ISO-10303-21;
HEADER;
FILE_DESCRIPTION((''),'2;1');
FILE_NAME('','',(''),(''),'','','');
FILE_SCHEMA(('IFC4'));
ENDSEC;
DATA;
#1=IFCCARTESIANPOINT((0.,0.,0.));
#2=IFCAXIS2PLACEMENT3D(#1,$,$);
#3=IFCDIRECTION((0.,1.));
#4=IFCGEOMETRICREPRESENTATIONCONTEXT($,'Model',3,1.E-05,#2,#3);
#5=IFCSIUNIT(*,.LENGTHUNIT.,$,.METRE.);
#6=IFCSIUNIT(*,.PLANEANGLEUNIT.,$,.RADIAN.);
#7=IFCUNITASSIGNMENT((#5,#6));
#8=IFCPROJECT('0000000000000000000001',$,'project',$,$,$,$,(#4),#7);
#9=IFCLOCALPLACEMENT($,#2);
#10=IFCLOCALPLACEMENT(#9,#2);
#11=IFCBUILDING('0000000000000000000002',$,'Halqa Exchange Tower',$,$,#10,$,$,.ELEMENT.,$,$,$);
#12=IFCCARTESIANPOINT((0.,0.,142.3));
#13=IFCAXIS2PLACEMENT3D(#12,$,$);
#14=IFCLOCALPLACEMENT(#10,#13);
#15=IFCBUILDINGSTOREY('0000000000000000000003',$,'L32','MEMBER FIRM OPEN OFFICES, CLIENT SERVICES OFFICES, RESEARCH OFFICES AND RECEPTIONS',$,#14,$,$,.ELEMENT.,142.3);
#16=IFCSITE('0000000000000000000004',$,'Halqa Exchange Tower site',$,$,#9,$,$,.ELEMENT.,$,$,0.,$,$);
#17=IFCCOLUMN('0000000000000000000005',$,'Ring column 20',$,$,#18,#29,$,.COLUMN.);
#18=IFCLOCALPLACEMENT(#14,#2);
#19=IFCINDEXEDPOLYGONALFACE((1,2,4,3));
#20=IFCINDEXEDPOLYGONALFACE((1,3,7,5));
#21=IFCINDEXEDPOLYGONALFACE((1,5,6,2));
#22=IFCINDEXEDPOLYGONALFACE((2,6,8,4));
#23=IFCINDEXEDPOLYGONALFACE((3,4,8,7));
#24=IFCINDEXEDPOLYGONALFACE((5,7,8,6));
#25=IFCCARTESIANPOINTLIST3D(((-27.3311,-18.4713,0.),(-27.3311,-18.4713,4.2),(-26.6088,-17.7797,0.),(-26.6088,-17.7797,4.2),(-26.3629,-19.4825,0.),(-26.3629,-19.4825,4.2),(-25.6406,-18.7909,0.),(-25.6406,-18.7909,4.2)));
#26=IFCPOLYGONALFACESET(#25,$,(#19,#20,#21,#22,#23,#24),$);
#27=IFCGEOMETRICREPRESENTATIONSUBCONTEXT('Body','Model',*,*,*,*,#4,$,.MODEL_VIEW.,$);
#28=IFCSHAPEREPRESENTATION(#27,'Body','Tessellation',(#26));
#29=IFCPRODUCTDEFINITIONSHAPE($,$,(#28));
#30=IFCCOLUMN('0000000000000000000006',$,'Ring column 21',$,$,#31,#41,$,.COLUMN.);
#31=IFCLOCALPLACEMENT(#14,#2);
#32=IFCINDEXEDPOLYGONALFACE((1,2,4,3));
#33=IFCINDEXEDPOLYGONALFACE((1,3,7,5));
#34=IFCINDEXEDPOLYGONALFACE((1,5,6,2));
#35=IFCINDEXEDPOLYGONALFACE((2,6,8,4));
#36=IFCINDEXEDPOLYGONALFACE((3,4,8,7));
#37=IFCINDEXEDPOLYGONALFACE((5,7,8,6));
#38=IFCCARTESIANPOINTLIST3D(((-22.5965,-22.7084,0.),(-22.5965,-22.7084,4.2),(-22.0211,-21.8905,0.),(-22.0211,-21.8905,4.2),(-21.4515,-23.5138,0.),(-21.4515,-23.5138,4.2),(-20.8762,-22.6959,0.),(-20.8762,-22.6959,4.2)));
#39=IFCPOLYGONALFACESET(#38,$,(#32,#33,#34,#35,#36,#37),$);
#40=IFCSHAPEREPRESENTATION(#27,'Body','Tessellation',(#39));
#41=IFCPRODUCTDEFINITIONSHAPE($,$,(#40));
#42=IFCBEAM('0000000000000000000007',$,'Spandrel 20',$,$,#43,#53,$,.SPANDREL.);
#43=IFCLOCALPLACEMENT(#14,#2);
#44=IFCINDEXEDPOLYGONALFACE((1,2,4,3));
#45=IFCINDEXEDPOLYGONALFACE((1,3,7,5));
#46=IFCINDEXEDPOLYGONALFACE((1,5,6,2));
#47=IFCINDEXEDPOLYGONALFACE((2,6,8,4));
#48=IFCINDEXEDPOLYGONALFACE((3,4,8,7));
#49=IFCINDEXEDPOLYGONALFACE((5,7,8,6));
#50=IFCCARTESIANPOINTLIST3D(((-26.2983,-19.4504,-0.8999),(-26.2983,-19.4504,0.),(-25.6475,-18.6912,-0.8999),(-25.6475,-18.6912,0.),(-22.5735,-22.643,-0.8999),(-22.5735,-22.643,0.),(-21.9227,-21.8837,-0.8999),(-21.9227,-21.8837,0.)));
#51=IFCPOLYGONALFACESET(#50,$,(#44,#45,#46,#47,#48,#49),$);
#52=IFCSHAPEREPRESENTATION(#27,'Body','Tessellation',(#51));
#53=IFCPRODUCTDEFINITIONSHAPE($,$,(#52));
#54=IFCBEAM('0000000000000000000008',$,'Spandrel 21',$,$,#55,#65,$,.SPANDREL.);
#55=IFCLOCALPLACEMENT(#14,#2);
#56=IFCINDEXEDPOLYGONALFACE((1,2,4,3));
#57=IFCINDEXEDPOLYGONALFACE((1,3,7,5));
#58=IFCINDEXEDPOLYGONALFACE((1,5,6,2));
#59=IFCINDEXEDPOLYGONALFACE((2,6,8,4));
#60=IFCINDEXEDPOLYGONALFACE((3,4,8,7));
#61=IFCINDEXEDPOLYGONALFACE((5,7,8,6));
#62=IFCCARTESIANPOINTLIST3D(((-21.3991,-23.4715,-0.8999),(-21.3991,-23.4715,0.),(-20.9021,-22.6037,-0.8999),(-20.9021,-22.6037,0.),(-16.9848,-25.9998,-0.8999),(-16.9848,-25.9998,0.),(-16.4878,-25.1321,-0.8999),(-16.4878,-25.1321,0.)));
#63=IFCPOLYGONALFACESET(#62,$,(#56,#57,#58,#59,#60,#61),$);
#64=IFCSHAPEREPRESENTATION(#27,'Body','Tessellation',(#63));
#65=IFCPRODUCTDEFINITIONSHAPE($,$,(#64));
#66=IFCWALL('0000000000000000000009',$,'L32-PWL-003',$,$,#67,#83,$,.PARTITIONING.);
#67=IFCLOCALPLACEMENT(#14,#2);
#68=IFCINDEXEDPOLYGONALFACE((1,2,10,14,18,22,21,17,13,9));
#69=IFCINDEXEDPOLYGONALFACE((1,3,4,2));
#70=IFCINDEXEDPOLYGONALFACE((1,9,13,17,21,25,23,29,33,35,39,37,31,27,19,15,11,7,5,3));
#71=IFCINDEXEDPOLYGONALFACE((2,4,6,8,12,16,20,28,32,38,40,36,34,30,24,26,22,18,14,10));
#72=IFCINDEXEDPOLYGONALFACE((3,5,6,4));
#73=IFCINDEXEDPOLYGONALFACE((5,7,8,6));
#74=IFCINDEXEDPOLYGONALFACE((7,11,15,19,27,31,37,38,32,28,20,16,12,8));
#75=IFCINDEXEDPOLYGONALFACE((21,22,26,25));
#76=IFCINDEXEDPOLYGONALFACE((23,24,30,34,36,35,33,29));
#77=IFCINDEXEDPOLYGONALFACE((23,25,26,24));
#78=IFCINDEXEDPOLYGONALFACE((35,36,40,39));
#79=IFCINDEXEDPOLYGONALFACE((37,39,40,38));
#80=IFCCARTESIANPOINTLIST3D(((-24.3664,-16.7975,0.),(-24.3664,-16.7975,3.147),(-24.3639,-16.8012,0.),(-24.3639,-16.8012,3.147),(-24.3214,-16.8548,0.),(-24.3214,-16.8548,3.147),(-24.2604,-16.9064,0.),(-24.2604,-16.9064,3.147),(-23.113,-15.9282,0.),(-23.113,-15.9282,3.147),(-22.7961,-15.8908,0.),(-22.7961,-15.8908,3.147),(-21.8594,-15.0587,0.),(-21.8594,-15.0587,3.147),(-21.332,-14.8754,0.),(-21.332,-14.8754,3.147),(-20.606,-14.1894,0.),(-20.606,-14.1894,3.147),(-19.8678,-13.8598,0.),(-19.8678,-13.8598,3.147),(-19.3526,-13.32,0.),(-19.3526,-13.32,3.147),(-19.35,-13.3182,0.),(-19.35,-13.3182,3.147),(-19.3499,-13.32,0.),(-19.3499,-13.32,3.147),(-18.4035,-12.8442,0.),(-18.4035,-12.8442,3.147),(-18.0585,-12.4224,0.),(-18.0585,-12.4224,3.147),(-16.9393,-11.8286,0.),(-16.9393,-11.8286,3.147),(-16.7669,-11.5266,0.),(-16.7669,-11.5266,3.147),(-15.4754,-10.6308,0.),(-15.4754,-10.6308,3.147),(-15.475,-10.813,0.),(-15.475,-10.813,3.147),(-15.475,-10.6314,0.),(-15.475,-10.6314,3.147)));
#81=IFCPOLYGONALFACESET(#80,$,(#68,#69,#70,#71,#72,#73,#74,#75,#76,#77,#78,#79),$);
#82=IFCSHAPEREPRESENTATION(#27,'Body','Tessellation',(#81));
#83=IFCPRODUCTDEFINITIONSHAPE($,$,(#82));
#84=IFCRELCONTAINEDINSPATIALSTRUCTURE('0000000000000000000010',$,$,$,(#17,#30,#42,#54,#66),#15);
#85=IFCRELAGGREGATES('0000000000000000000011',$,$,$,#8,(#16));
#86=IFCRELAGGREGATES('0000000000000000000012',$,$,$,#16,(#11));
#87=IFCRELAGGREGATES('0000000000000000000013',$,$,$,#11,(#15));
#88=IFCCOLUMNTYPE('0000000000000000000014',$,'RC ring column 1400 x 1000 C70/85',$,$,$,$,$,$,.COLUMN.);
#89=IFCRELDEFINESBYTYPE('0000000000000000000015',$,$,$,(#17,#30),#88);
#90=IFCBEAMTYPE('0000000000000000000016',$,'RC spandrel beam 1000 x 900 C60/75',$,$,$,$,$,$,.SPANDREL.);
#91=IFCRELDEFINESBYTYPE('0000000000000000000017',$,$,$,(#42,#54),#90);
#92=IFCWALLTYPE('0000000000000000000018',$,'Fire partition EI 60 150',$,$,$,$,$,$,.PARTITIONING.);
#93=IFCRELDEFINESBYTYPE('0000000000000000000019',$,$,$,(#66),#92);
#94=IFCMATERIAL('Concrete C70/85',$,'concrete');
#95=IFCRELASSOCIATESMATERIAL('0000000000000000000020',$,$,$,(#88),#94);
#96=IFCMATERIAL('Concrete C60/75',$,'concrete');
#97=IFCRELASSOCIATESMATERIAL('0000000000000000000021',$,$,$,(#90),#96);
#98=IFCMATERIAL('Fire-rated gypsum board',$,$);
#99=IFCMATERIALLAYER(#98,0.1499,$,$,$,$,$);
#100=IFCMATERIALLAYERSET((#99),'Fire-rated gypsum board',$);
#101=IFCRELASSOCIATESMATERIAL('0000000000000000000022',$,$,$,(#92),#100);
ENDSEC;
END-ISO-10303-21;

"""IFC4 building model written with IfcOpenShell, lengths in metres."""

from ifc_helpers import new_model, si_unit, direction, frame, origin, origin_2d, place, context, subcontext, project, spatial, polyline, rectangle, outline, extrude, material, layer, layer_set, material_profile, profile_set, type_object, element, save


model = new_model("IFC4")

# Units and contexts
model_context = context("Model", 3, precision=1e-05, world=origin(), true_north=direction((0.0, 1.0)))
body_context = subcontext(model_context, "Body", "Model", "MODEL_VIEW")
ifc_project = project(units=[si_unit("LENGTHUNIT", "METRE"), si_unit("PLANEANGLEUNIT", "RADIAN")], contexts=[model_context])

# Site, building, storey
site_placement = place(None, origin())
site = spatial("IfcSite", under=ifc_project, at=site_placement, Name="Halqa Exchange Tower site", CompositionType="ELEMENT", RefElevation=0.0)
building_placement = place(site_placement, origin())
building = spatial("IfcBuilding", under=site, at=building_placement, Name="Halqa Exchange Tower", CompositionType="ELEMENT")
storey_placement = place(building_placement, frame((0.0, 0.0, 142.3)))
storey = spatial("IfcBuildingStorey", under=building, at=storey_placement, Name="L32", Description="MEMBER FIRM OPEN OFFICES, CLIENT SERVICES OFFICES, RESEARCH OFFICES AND RECEPTIONS", CompositionType="ELEMENT", Elevation=142.3)

# Columns
ifc_material_1 = material(Name="Concrete C70/85", Category="concrete")
ifc_material_profile_1 = material_profile(ifc_material_1, rectangle(XDim=1.3999, YDim=1.0, at=origin_2d()), Name="1400 x 1000")
ifc_profile_set_1 = profile_set([ifc_material_profile_1], Name="Concrete C70/85")
column_type = type_object("IfcColumnType", Name="RC ring column 1400 x 1000 C70/85", PredefinedType="COLUMN", material=ifc_profile_set_1)
for number, where, z_axis, x_axis, name in (
    (1, (-26.4858, -18.6311, 0.0), (0.0, 0.0, 1.0), (0.691574, -0.722306, 0.0), "Ring column 20"),
    (2, (-21.7363, -22.7021, 0.0), (0.0, 0.0, 1.0), (0.817908, -0.575349, 0.0), "Ring column 21"),
):
    element("IfcColumn", number, at=place(storey_placement, frame(where, z_axis=z_axis, x_axis=x_axis)), inside=storey, type_object=column_type, Name=name, PredefinedType="COLUMN", context=body_context, shape_type="SweptSolid", body=[
        extrude(rectangle(XDim=1.3999, YDim=1.0, at=origin_2d()), origin(), (0.0, 0.0, 1.0), 4.2),
    ])

# Beams
ifc_material_2 = material(Name="Concrete C60/75", Category="concrete")
ifc_material_profile_2 = material_profile(ifc_material_2, rectangle(XDim=1.0, YDim=0.8999, at=origin_2d()), Name="1000 x 900")
ifc_profile_set_2 = profile_set([ifc_material_profile_2], Name="Concrete C60/75")
beam_type = type_object("IfcBeamType", Name="RC spandrel beam 1000 x 900 C60/75", PredefinedType="SPANDREL", material=ifc_profile_set_2)
beam_1_placement = place(storey_placement, frame((-25.9729, -19.0708, -0.45), z_axis=(0.759267, -0.650779, 0.0), x_axis=(0.650779, 0.759267, 0.0)))
element("IfcBeam", 3, at=beam_1_placement, inside=storey, type_object=beam_type, Name="Spandrel 20", PredefinedType="SPANDREL", context=body_context, shape_type="SweptSolid", body=[
    extrude(rectangle(XDim=1.0, YDim=0.8999, at=origin_2d()), origin(), (0.0, 0.0, 1.0), 4.9058),
])
beam_2_placement = place(storey_placement, frame((-21.1506, -23.0376, -0.45), z_axis=(0.867747, -0.497007, 0.0), x_axis=(0.497007, 0.867747, 0.0)))
element("IfcBeam", 4, at=beam_2_placement, inside=storey, type_object=beam_type, Name="Spandrel 21", PredefinedType="SPANDREL", context=body_context, shape_type="SweptSolid", body=[
    extrude(rectangle(XDim=1.0, YDim=0.8999, at=origin_2d()), origin(), (0.0, 0.0, 1.0), 5.0872),
])

# Wall
ifc_material_3 = material(Name="Fire-rated gypsum board")
ifc_layer_1 = layer(ifc_material_3, 0.1499)
ifc_layer_set_1 = layer_set([ifc_layer_1], Name="Fire-rated gypsum board")
wall_type_1 = type_object("IfcWallType", Name="Fire partition EI 60 150", PredefinedType="PARTITIONING", material=ifc_layer_set_1)
wall_1_placement = place(storey_placement, frame((-24.3237, -16.8591, 0.0), z_axis=(0.0, 0.0, 1.0), x_axis=(0.8217, 0.56992, 0.0)))
element("IfcWall", 5, at=wall_1_placement, inside=storey, type_object=wall_type_1, Name="L32-PWL-003", PredefinedType="PARTITIONING", context=body_context, shape_type="SweptSolid", body=[
    extrude(outline(polyline([(0.0251, -0.075), (1.8071, -0.075), (3.5889, -0.075), (5.3708, -0.075), (7.1528, -0.075), (8.9348, -0.075), (10.7168, -0.075), (10.8203, 0.0742), (10.8203, 0.075), (9.2485, 0.075), (7.6768, 0.075), (6.105, 0.075), (6.104, 0.0735), (6.1018, 0.075), (4.5764, 0.075), (3.051, 0.075), (1.5254, 0.075), (0.0, 0.075), (0.0, 0.0706), (0.0044, 0.0022), (0.0251, -0.075)])), origin(), (0.0, 0.0, 1.0), 3.147),
])

save(model, "model.ifc")
